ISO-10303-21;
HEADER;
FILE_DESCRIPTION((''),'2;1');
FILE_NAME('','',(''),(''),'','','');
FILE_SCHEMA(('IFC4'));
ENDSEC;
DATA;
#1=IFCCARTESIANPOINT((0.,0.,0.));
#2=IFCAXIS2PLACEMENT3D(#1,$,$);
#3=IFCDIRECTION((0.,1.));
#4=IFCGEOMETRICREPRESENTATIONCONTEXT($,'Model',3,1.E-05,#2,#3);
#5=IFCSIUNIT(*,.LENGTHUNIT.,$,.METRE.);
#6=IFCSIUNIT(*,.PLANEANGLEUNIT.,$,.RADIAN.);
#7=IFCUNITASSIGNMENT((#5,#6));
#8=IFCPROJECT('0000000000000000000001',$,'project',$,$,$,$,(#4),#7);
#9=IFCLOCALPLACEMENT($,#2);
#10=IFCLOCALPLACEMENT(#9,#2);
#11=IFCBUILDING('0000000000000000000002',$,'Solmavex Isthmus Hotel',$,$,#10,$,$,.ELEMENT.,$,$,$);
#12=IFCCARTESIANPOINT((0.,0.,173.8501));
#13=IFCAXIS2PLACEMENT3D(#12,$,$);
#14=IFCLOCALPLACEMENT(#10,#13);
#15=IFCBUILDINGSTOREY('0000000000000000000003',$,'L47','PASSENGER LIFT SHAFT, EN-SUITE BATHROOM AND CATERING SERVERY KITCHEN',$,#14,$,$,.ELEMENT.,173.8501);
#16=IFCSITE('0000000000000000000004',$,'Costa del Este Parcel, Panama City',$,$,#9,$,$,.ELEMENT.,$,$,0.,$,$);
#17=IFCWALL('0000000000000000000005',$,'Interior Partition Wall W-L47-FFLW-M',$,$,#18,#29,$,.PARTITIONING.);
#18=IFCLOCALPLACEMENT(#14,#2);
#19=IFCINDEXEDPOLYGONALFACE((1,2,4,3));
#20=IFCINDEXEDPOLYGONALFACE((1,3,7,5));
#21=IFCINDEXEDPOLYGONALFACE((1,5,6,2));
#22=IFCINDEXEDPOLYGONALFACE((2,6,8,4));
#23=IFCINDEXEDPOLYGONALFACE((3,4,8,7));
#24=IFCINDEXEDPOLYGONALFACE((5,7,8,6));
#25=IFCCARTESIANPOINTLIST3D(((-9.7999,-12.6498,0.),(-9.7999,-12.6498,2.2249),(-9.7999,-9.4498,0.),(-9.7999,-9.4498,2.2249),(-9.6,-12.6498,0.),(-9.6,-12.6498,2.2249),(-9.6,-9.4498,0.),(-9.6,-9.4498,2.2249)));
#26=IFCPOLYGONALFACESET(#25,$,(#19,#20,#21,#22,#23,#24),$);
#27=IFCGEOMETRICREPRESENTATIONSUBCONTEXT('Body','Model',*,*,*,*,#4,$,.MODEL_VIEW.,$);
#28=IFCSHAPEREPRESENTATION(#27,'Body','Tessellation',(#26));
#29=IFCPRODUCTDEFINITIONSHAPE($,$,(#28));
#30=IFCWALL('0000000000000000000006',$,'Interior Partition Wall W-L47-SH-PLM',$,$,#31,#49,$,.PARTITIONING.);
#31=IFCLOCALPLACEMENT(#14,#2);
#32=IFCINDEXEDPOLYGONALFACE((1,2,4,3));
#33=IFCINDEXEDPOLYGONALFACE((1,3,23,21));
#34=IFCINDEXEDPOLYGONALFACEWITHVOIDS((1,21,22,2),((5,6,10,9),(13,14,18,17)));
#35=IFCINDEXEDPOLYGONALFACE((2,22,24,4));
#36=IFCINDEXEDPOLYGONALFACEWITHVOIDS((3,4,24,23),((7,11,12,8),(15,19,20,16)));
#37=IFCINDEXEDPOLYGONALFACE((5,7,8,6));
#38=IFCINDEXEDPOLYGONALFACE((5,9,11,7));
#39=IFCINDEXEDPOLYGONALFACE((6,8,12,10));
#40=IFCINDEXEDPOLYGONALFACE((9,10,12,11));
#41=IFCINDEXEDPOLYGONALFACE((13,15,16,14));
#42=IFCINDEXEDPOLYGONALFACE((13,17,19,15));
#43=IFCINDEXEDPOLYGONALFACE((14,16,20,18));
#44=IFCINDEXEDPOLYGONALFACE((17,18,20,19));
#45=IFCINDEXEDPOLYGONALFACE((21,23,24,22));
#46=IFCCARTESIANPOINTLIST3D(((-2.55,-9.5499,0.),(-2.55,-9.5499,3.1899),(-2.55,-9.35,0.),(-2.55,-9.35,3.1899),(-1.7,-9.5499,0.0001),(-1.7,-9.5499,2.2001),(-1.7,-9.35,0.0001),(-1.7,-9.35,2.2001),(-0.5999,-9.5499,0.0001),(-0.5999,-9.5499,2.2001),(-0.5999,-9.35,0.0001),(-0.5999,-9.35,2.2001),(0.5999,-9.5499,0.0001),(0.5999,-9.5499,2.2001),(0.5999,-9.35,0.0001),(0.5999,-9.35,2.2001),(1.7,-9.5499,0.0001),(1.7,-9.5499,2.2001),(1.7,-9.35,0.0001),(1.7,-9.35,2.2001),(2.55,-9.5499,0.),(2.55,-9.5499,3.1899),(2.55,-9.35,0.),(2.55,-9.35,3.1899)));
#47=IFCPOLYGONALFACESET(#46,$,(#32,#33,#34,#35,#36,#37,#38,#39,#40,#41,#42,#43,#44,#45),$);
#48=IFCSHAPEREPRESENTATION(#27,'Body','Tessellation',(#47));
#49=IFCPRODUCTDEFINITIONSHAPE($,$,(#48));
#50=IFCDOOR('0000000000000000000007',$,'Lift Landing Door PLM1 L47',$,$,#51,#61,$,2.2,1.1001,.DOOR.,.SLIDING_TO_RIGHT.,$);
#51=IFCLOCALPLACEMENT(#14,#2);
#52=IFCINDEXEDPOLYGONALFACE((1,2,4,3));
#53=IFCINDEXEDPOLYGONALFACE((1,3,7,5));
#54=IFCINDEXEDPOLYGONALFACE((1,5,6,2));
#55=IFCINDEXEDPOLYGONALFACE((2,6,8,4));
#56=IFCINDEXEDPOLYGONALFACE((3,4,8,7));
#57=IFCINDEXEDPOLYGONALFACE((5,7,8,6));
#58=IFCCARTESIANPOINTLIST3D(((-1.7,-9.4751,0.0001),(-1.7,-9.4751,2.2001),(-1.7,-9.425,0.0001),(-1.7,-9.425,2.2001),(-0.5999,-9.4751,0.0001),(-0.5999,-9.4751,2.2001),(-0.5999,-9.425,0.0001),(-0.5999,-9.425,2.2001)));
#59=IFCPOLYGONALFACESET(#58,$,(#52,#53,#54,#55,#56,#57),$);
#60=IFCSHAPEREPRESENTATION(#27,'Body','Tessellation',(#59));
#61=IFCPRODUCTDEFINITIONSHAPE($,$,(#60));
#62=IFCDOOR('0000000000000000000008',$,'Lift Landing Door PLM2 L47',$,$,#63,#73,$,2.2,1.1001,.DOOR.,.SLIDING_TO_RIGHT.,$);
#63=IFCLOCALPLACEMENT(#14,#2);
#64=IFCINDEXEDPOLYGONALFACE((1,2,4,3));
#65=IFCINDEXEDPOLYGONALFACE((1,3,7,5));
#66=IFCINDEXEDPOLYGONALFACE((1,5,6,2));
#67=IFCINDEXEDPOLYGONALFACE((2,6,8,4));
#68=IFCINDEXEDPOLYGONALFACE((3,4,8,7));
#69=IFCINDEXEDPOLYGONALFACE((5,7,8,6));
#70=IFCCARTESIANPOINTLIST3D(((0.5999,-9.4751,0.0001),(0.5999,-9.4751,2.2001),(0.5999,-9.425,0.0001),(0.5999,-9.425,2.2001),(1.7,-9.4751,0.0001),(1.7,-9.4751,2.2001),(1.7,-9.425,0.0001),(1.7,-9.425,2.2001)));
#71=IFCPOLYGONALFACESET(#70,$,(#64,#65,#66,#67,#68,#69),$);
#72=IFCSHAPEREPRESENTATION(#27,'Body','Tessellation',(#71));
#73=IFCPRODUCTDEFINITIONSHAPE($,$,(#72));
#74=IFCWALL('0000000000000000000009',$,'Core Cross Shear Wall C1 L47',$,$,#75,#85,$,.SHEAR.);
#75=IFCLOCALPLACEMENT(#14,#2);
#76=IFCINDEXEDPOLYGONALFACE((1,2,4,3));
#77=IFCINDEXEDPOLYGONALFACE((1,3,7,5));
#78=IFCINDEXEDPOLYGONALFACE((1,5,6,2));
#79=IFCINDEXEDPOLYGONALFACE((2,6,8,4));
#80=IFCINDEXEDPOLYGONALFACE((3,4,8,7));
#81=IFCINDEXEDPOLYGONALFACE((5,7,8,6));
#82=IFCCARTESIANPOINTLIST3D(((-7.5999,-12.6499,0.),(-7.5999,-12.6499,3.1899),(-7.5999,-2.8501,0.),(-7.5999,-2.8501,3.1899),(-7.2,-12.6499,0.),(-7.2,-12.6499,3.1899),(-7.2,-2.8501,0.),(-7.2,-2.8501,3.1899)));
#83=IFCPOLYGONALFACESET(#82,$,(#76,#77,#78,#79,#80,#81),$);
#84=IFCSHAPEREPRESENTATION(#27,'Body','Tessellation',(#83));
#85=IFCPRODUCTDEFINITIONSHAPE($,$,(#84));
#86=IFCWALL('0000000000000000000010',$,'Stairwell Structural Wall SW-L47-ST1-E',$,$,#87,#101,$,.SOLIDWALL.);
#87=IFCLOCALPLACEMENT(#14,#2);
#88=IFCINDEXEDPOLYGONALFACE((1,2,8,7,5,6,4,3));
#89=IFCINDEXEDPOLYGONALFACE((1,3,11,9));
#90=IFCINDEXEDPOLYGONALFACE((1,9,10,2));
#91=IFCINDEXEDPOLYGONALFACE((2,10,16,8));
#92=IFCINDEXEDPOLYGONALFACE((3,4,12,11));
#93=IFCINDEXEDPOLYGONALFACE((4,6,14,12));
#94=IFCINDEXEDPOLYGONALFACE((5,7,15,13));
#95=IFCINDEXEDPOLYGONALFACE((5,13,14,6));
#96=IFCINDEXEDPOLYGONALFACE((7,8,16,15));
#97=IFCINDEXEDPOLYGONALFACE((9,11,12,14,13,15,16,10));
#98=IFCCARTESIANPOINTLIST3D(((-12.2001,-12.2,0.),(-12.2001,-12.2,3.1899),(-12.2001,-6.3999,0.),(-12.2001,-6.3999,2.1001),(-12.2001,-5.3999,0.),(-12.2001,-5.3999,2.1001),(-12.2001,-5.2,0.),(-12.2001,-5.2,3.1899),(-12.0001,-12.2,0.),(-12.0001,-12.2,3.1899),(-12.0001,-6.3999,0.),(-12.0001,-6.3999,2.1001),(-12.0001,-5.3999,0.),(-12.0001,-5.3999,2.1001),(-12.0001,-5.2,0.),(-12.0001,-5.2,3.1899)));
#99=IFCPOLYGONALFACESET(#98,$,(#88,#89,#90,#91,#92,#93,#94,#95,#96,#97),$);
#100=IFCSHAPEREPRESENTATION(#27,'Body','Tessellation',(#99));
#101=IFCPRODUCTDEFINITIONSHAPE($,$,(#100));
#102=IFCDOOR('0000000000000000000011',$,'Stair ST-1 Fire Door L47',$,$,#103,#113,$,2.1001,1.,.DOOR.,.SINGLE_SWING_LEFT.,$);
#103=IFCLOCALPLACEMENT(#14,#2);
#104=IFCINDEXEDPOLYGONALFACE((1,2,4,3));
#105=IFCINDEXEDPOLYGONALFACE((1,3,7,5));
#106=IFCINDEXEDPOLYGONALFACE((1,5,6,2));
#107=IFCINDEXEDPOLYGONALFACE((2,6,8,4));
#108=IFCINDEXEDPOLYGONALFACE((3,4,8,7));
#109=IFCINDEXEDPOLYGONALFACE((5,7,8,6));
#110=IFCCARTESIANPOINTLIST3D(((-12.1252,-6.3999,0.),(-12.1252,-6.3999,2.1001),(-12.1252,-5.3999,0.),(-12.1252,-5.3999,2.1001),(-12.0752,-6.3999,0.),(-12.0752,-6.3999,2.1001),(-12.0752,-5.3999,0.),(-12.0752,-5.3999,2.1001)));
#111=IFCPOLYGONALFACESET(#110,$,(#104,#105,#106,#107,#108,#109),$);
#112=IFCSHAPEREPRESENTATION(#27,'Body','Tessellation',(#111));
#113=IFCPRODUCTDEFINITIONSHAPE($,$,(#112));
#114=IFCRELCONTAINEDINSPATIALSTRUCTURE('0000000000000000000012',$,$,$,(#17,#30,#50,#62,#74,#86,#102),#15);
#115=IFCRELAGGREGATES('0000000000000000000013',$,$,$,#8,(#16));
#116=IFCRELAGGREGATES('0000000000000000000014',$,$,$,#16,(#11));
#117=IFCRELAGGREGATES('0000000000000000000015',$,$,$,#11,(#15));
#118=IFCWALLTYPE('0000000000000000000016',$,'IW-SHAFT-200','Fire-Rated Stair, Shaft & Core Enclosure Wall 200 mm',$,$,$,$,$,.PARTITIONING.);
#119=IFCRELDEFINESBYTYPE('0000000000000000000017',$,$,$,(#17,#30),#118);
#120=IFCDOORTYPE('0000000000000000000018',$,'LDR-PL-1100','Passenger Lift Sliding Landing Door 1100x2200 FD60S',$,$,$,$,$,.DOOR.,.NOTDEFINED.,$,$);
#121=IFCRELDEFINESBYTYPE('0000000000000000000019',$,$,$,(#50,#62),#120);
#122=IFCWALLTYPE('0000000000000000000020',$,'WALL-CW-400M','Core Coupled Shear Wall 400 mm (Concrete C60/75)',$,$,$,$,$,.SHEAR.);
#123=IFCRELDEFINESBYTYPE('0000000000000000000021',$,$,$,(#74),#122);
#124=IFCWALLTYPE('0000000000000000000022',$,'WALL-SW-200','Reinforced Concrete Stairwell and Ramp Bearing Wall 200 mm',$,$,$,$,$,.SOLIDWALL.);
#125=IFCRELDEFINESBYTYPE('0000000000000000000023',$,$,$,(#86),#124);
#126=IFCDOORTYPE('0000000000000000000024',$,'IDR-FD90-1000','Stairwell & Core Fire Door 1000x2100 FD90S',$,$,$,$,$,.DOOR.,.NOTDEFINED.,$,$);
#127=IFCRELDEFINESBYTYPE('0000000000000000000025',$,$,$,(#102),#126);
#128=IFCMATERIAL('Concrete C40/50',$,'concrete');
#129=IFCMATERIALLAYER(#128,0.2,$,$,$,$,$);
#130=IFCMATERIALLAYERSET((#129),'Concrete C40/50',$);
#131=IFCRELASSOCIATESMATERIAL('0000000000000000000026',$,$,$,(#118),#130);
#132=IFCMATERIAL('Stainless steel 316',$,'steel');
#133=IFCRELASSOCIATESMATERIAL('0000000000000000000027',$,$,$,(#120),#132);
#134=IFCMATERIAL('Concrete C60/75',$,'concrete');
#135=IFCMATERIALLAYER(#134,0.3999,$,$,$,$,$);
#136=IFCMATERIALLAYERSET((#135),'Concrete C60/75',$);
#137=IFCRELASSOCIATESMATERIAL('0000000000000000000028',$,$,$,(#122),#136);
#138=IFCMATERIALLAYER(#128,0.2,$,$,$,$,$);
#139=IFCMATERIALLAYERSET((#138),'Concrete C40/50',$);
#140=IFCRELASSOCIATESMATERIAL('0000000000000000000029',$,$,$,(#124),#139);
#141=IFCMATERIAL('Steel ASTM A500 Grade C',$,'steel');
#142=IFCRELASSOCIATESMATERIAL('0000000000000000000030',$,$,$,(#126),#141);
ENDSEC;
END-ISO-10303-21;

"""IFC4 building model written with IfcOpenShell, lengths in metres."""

from ifc_helpers import new_model, si_unit, direction, frame, frame_2d, origin, place, context, subcontext, project, spatial, rectangle, extrude, material, layer, layer_set, type_object, element, fill, save


model = new_model("IFC4")

# Units and contexts
model_context = context("Model", 3, precision=1e-05, world=origin(), true_north=direction((0.0, 1.0)))
body_context = subcontext(model_context, "Body", "Model", "MODEL_VIEW")
ifc_project = project(units=[si_unit("LENGTHUNIT", "METRE"), si_unit("PLANEANGLEUNIT", "RADIAN")], contexts=[model_context])

# Site, building, storey
site_placement = place(None, origin())
site = spatial("IfcSite", under=ifc_project, at=site_placement, Name="Costa del Este Parcel, Panama City", CompositionType="ELEMENT", RefElevation=0.0)
building_placement = place(site_placement, origin())
building = spatial("IfcBuilding", under=site, at=building_placement, Name="Solmavex Isthmus Hotel", CompositionType="ELEMENT")
storey_placement = place(building_placement, frame((0.0, 0.0, 173.8501)))
storey = spatial("IfcBuildingStorey", under=building, at=storey_placement, Name="L47", Description="PASSENGER LIFT SHAFT, EN-SUITE BATHROOM AND CATERING SERVERY KITCHEN", CompositionType="ELEMENT", Elevation=173.8501)

# Shared definitions
ifc_material_1 = material(Name="Concrete C60/75", Category="concrete")

# Shared definitions
ifc_material_2 = material(Name="Steel ASTM A500 Grade C", Category="steel")

# Shared definitions
ifc_material_3 = material(Name="Concrete C40/50", Category="concrete")

# Shared definitions
ifc_layer_1 = layer(ifc_material_3, 0.2)
ifc_layer_set_1 = layer_set([ifc_layer_1], Name="Concrete C40/50")
wall_type_1 = type_object("IfcWallType", Name="IW-SHAFT-200", Description="Fire-Rated Stair, Shaft & Core Enclosure Wall 200 mm", PredefinedType="PARTITIONING", material=ifc_layer_set_1)
ifc_material_4 = material(Name="Stainless steel 316", Category="steel")

# Wall
wall_1_placement = place(storey_placement, frame((-9.7, -12.6499, 0.0), z_axis=(0.0, 0.0, 1.0), x_axis=(0.0, 1.0, 0.0)))
element("IfcWall", 1, at=wall_1_placement, inside=storey, type_object=wall_type_1, Name="Interior Partition Wall W-L47-FFLW-M", PredefinedType="PARTITIONING", context=body_context, shape_type="SweptSolid", body=[
    extrude(rectangle(XDim=3.2, YDim=0.2, at=frame_2d((1.6001, 0.0))), origin(), (0.0, 0.0, 1.0), 2.2249),
])

# Wall, openings, doors
wall_2_placement = place(storey_placement, frame((-2.55, -9.45, 0.0), z_axis=(0.0, 0.0, 1.0), x_axis=(1.0, 0.0, 0.0)))
wall_2 = element("IfcWall", 2, at=wall_2_placement, inside=storey, type_object=wall_type_1, Name="Interior Partition Wall W-L47-SH-PLM", PredefinedType="PARTITIONING", context=body_context, shape_type="SweptSolid", body=[
    extrude(rectangle(XDim=5.1001, YDim=0.2, at=frame_2d((2.55, 0.0))), origin(), (0.0, 0.0, 1.0), 3.1899),
])
opening_1_placement = place(wall_2_placement, frame((0.8501, 0.0, 0.0)))
opening_1 = element("IfcOpeningElement", 3, at=opening_1_placement, cuts=wall_2, PredefinedType="OPENING", context=body_context, shape_type="SweptSolid", body=[
    extrude(rectangle(XDim=1.1001, YDim=2.2, at=frame_2d((0.55, 1.1001))), frame((0.0, 0.1099, 0.0), z_axis=(0.0, -1.0, 0.0), x_axis=(1.0, 0.0, 0.0)), (0.0, 0.0, 1.0), 0.22),
])
opening_2_placement = place(wall_2_placement, frame((3.1499, 0.0, 0.0)))
opening_2 = element("IfcOpeningElement", 4, at=opening_2_placement, cuts=wall_2, PredefinedType="OPENING", context=body_context, shape_type="SweptSolid", body=[
    extrude(rectangle(XDim=1.1001, YDim=2.2, at=frame_2d((0.55, 1.1001))), frame((0.0, 0.1099, 0.0), z_axis=(0.0, -1.0, 0.0), x_axis=(1.0, 0.0, 0.0)), (0.0, 0.0, 1.0), 0.22),
])
door_type_1 = type_object("IfcDoorType", Name="LDR-PL-1100", Description="Passenger Lift Sliding Landing Door 1100x2200 FD60S", OperationType="NOTDEFINED", PredefinedType="DOOR", material=ifc_material_4)
door_1_placement = place(opening_1_placement, origin())
door_1 = element("IfcDoor", 5, at=door_1_placement, inside=storey, type_object=door_type_1, Name="Lift Landing Door PLM1 L47", OperationType="SLIDING_TO_RIGHT", OverallHeight=2.2, OverallWidth=1.1001, PredefinedType="DOOR", context=body_context, shape_type="SweptSolid", body=[
    extrude(rectangle(XDim=1.1001, YDim=2.2, at=frame_2d((0.55, 1.1001))), frame((0.0, 0.0249, 0.0), z_axis=(0.0, -1.0, 0.0), x_axis=(1.0, 0.0, 0.0)), (0.0, 0.0, 1.0), 0.05),
])
fill(opening_1, door_1)
door_2_placement = place(opening_2_placement, origin())
door_2 = element("IfcDoor", 6, at=door_2_placement, inside=storey, type_object=door_type_1, Name="Lift Landing Door PLM2 L47", OperationType="SLIDING_TO_RIGHT", OverallHeight=2.2, OverallWidth=1.1001, PredefinedType="DOOR", context=body_context, shape_type="SweptSolid", body=[
    extrude(rectangle(XDim=1.1001, YDim=2.2, at=frame_2d((0.55, 1.1001))), frame((0.0, 0.0249, 0.0), z_axis=(0.0, -1.0, 0.0), x_axis=(1.0, 0.0, 0.0)), (0.0, 0.0, 1.0), 0.05),
])
fill(opening_2, door_2)

# Wall
ifc_layer_2 = layer(ifc_material_1, 0.3999)
ifc_layer_set_2 = layer_set([ifc_layer_2], Name="Concrete C60/75")
wall_type_2 = type_object("IfcWallType", Name="WALL-CW-400M", Description="Core Coupled Shear Wall 400 mm (Concrete C60/75)", PredefinedType="SHEAR", material=ifc_layer_set_2)
wall_3_placement = place(storey_placement, frame((-7.3999, -12.6499, 0.0), z_axis=(0.0, 0.0, 1.0), x_axis=(0.0, 1.0, 0.0)))
element("IfcWall", 7, at=wall_3_placement, inside=storey, type_object=wall_type_2, Name="Core Cross Shear Wall C1 L47", PredefinedType="SHEAR", context=body_context, shape_type="SweptSolid", body=[
    extrude(rectangle(XDim=9.7998, YDim=0.3999, at=frame_2d((4.8999, 0.0))), origin(), (0.0, 0.0, 1.0), 3.1899),
])

# Wall, opening, door
ifc_layer_3 = layer(ifc_material_3, 0.2)
ifc_layer_set_3 = layer_set([ifc_layer_3], Name="Concrete C40/50")
wall_type_3 = type_object("IfcWallType", Name="WALL-SW-200", Description="Reinforced Concrete Stairwell and Ramp Bearing Wall 200 mm", PredefinedType="SOLIDWALL", material=ifc_layer_set_3)
wall_4_placement = place(storey_placement, frame((-12.1001, -12.2, 0.0), z_axis=(0.0, 0.0, 1.0), x_axis=(0.0, 1.0, 0.0)))
wall_4 = element("IfcWall", 8, at=wall_4_placement, inside=storey, type_object=wall_type_3, Name="Stairwell Structural Wall SW-L47-ST1-E", PredefinedType="SOLIDWALL", context=body_context, shape_type="SweptSolid", body=[
    extrude(rectangle(XDim=7.0, YDim=0.2, at=frame_2d((3.5, 0.0))), origin(), (0.0, 0.0, 1.0), 3.1899),
])
opening_3_placement = place(wall_4_placement, frame((5.8, 0.0, 0.0)))
opening_3 = element("IfcOpeningElement", 9, at=opening_3_placement, cuts=wall_4, PredefinedType="OPENING", context=body_context, shape_type="SweptSolid", body=[
    extrude(rectangle(XDim=1.0, YDim=2.1001, at=frame_2d((0.5, 1.05))), frame((0.0, 0.1099, 0.0), z_axis=(0.0, -1.0, 0.0), x_axis=(1.0, 0.0, 0.0)), (0.0, 0.0, 1.0), 0.22),
])
door_type_2 = type_object("IfcDoorType", Name="IDR-FD90-1000", Description="Stairwell & Core Fire Door 1000x2100 FD90S", OperationType="NOTDEFINED", PredefinedType="DOOR", material=ifc_material_2)
door_3_placement = place(opening_3_placement, frame((1.0, 0.0, 0.0), z_axis=(0.0, 0.0, 1.0), x_axis=(-1.0, 0.0, 0.0)))
door_3 = element("IfcDoor", 10, at=door_3_placement, inside=storey, type_object=door_type_2, Name="Stair ST-1 Fire Door L47", OperationType="SINGLE_SWING_LEFT", OverallHeight=2.1001, OverallWidth=1.0, PredefinedType="DOOR", context=body_context, shape_type="SweptSolid", body=[
    extrude(rectangle(XDim=1.0, YDim=2.1001, at=frame_2d((0.5, 1.05))), frame((0.0, 0.0249, 0.0), z_axis=(0.0, -1.0, 0.0), x_axis=(1.0, 0.0, 0.0)), (0.0, 0.0, 1.0), 0.05),
])
fill(opening_3, door_3)

save(model, "model.ifc")
